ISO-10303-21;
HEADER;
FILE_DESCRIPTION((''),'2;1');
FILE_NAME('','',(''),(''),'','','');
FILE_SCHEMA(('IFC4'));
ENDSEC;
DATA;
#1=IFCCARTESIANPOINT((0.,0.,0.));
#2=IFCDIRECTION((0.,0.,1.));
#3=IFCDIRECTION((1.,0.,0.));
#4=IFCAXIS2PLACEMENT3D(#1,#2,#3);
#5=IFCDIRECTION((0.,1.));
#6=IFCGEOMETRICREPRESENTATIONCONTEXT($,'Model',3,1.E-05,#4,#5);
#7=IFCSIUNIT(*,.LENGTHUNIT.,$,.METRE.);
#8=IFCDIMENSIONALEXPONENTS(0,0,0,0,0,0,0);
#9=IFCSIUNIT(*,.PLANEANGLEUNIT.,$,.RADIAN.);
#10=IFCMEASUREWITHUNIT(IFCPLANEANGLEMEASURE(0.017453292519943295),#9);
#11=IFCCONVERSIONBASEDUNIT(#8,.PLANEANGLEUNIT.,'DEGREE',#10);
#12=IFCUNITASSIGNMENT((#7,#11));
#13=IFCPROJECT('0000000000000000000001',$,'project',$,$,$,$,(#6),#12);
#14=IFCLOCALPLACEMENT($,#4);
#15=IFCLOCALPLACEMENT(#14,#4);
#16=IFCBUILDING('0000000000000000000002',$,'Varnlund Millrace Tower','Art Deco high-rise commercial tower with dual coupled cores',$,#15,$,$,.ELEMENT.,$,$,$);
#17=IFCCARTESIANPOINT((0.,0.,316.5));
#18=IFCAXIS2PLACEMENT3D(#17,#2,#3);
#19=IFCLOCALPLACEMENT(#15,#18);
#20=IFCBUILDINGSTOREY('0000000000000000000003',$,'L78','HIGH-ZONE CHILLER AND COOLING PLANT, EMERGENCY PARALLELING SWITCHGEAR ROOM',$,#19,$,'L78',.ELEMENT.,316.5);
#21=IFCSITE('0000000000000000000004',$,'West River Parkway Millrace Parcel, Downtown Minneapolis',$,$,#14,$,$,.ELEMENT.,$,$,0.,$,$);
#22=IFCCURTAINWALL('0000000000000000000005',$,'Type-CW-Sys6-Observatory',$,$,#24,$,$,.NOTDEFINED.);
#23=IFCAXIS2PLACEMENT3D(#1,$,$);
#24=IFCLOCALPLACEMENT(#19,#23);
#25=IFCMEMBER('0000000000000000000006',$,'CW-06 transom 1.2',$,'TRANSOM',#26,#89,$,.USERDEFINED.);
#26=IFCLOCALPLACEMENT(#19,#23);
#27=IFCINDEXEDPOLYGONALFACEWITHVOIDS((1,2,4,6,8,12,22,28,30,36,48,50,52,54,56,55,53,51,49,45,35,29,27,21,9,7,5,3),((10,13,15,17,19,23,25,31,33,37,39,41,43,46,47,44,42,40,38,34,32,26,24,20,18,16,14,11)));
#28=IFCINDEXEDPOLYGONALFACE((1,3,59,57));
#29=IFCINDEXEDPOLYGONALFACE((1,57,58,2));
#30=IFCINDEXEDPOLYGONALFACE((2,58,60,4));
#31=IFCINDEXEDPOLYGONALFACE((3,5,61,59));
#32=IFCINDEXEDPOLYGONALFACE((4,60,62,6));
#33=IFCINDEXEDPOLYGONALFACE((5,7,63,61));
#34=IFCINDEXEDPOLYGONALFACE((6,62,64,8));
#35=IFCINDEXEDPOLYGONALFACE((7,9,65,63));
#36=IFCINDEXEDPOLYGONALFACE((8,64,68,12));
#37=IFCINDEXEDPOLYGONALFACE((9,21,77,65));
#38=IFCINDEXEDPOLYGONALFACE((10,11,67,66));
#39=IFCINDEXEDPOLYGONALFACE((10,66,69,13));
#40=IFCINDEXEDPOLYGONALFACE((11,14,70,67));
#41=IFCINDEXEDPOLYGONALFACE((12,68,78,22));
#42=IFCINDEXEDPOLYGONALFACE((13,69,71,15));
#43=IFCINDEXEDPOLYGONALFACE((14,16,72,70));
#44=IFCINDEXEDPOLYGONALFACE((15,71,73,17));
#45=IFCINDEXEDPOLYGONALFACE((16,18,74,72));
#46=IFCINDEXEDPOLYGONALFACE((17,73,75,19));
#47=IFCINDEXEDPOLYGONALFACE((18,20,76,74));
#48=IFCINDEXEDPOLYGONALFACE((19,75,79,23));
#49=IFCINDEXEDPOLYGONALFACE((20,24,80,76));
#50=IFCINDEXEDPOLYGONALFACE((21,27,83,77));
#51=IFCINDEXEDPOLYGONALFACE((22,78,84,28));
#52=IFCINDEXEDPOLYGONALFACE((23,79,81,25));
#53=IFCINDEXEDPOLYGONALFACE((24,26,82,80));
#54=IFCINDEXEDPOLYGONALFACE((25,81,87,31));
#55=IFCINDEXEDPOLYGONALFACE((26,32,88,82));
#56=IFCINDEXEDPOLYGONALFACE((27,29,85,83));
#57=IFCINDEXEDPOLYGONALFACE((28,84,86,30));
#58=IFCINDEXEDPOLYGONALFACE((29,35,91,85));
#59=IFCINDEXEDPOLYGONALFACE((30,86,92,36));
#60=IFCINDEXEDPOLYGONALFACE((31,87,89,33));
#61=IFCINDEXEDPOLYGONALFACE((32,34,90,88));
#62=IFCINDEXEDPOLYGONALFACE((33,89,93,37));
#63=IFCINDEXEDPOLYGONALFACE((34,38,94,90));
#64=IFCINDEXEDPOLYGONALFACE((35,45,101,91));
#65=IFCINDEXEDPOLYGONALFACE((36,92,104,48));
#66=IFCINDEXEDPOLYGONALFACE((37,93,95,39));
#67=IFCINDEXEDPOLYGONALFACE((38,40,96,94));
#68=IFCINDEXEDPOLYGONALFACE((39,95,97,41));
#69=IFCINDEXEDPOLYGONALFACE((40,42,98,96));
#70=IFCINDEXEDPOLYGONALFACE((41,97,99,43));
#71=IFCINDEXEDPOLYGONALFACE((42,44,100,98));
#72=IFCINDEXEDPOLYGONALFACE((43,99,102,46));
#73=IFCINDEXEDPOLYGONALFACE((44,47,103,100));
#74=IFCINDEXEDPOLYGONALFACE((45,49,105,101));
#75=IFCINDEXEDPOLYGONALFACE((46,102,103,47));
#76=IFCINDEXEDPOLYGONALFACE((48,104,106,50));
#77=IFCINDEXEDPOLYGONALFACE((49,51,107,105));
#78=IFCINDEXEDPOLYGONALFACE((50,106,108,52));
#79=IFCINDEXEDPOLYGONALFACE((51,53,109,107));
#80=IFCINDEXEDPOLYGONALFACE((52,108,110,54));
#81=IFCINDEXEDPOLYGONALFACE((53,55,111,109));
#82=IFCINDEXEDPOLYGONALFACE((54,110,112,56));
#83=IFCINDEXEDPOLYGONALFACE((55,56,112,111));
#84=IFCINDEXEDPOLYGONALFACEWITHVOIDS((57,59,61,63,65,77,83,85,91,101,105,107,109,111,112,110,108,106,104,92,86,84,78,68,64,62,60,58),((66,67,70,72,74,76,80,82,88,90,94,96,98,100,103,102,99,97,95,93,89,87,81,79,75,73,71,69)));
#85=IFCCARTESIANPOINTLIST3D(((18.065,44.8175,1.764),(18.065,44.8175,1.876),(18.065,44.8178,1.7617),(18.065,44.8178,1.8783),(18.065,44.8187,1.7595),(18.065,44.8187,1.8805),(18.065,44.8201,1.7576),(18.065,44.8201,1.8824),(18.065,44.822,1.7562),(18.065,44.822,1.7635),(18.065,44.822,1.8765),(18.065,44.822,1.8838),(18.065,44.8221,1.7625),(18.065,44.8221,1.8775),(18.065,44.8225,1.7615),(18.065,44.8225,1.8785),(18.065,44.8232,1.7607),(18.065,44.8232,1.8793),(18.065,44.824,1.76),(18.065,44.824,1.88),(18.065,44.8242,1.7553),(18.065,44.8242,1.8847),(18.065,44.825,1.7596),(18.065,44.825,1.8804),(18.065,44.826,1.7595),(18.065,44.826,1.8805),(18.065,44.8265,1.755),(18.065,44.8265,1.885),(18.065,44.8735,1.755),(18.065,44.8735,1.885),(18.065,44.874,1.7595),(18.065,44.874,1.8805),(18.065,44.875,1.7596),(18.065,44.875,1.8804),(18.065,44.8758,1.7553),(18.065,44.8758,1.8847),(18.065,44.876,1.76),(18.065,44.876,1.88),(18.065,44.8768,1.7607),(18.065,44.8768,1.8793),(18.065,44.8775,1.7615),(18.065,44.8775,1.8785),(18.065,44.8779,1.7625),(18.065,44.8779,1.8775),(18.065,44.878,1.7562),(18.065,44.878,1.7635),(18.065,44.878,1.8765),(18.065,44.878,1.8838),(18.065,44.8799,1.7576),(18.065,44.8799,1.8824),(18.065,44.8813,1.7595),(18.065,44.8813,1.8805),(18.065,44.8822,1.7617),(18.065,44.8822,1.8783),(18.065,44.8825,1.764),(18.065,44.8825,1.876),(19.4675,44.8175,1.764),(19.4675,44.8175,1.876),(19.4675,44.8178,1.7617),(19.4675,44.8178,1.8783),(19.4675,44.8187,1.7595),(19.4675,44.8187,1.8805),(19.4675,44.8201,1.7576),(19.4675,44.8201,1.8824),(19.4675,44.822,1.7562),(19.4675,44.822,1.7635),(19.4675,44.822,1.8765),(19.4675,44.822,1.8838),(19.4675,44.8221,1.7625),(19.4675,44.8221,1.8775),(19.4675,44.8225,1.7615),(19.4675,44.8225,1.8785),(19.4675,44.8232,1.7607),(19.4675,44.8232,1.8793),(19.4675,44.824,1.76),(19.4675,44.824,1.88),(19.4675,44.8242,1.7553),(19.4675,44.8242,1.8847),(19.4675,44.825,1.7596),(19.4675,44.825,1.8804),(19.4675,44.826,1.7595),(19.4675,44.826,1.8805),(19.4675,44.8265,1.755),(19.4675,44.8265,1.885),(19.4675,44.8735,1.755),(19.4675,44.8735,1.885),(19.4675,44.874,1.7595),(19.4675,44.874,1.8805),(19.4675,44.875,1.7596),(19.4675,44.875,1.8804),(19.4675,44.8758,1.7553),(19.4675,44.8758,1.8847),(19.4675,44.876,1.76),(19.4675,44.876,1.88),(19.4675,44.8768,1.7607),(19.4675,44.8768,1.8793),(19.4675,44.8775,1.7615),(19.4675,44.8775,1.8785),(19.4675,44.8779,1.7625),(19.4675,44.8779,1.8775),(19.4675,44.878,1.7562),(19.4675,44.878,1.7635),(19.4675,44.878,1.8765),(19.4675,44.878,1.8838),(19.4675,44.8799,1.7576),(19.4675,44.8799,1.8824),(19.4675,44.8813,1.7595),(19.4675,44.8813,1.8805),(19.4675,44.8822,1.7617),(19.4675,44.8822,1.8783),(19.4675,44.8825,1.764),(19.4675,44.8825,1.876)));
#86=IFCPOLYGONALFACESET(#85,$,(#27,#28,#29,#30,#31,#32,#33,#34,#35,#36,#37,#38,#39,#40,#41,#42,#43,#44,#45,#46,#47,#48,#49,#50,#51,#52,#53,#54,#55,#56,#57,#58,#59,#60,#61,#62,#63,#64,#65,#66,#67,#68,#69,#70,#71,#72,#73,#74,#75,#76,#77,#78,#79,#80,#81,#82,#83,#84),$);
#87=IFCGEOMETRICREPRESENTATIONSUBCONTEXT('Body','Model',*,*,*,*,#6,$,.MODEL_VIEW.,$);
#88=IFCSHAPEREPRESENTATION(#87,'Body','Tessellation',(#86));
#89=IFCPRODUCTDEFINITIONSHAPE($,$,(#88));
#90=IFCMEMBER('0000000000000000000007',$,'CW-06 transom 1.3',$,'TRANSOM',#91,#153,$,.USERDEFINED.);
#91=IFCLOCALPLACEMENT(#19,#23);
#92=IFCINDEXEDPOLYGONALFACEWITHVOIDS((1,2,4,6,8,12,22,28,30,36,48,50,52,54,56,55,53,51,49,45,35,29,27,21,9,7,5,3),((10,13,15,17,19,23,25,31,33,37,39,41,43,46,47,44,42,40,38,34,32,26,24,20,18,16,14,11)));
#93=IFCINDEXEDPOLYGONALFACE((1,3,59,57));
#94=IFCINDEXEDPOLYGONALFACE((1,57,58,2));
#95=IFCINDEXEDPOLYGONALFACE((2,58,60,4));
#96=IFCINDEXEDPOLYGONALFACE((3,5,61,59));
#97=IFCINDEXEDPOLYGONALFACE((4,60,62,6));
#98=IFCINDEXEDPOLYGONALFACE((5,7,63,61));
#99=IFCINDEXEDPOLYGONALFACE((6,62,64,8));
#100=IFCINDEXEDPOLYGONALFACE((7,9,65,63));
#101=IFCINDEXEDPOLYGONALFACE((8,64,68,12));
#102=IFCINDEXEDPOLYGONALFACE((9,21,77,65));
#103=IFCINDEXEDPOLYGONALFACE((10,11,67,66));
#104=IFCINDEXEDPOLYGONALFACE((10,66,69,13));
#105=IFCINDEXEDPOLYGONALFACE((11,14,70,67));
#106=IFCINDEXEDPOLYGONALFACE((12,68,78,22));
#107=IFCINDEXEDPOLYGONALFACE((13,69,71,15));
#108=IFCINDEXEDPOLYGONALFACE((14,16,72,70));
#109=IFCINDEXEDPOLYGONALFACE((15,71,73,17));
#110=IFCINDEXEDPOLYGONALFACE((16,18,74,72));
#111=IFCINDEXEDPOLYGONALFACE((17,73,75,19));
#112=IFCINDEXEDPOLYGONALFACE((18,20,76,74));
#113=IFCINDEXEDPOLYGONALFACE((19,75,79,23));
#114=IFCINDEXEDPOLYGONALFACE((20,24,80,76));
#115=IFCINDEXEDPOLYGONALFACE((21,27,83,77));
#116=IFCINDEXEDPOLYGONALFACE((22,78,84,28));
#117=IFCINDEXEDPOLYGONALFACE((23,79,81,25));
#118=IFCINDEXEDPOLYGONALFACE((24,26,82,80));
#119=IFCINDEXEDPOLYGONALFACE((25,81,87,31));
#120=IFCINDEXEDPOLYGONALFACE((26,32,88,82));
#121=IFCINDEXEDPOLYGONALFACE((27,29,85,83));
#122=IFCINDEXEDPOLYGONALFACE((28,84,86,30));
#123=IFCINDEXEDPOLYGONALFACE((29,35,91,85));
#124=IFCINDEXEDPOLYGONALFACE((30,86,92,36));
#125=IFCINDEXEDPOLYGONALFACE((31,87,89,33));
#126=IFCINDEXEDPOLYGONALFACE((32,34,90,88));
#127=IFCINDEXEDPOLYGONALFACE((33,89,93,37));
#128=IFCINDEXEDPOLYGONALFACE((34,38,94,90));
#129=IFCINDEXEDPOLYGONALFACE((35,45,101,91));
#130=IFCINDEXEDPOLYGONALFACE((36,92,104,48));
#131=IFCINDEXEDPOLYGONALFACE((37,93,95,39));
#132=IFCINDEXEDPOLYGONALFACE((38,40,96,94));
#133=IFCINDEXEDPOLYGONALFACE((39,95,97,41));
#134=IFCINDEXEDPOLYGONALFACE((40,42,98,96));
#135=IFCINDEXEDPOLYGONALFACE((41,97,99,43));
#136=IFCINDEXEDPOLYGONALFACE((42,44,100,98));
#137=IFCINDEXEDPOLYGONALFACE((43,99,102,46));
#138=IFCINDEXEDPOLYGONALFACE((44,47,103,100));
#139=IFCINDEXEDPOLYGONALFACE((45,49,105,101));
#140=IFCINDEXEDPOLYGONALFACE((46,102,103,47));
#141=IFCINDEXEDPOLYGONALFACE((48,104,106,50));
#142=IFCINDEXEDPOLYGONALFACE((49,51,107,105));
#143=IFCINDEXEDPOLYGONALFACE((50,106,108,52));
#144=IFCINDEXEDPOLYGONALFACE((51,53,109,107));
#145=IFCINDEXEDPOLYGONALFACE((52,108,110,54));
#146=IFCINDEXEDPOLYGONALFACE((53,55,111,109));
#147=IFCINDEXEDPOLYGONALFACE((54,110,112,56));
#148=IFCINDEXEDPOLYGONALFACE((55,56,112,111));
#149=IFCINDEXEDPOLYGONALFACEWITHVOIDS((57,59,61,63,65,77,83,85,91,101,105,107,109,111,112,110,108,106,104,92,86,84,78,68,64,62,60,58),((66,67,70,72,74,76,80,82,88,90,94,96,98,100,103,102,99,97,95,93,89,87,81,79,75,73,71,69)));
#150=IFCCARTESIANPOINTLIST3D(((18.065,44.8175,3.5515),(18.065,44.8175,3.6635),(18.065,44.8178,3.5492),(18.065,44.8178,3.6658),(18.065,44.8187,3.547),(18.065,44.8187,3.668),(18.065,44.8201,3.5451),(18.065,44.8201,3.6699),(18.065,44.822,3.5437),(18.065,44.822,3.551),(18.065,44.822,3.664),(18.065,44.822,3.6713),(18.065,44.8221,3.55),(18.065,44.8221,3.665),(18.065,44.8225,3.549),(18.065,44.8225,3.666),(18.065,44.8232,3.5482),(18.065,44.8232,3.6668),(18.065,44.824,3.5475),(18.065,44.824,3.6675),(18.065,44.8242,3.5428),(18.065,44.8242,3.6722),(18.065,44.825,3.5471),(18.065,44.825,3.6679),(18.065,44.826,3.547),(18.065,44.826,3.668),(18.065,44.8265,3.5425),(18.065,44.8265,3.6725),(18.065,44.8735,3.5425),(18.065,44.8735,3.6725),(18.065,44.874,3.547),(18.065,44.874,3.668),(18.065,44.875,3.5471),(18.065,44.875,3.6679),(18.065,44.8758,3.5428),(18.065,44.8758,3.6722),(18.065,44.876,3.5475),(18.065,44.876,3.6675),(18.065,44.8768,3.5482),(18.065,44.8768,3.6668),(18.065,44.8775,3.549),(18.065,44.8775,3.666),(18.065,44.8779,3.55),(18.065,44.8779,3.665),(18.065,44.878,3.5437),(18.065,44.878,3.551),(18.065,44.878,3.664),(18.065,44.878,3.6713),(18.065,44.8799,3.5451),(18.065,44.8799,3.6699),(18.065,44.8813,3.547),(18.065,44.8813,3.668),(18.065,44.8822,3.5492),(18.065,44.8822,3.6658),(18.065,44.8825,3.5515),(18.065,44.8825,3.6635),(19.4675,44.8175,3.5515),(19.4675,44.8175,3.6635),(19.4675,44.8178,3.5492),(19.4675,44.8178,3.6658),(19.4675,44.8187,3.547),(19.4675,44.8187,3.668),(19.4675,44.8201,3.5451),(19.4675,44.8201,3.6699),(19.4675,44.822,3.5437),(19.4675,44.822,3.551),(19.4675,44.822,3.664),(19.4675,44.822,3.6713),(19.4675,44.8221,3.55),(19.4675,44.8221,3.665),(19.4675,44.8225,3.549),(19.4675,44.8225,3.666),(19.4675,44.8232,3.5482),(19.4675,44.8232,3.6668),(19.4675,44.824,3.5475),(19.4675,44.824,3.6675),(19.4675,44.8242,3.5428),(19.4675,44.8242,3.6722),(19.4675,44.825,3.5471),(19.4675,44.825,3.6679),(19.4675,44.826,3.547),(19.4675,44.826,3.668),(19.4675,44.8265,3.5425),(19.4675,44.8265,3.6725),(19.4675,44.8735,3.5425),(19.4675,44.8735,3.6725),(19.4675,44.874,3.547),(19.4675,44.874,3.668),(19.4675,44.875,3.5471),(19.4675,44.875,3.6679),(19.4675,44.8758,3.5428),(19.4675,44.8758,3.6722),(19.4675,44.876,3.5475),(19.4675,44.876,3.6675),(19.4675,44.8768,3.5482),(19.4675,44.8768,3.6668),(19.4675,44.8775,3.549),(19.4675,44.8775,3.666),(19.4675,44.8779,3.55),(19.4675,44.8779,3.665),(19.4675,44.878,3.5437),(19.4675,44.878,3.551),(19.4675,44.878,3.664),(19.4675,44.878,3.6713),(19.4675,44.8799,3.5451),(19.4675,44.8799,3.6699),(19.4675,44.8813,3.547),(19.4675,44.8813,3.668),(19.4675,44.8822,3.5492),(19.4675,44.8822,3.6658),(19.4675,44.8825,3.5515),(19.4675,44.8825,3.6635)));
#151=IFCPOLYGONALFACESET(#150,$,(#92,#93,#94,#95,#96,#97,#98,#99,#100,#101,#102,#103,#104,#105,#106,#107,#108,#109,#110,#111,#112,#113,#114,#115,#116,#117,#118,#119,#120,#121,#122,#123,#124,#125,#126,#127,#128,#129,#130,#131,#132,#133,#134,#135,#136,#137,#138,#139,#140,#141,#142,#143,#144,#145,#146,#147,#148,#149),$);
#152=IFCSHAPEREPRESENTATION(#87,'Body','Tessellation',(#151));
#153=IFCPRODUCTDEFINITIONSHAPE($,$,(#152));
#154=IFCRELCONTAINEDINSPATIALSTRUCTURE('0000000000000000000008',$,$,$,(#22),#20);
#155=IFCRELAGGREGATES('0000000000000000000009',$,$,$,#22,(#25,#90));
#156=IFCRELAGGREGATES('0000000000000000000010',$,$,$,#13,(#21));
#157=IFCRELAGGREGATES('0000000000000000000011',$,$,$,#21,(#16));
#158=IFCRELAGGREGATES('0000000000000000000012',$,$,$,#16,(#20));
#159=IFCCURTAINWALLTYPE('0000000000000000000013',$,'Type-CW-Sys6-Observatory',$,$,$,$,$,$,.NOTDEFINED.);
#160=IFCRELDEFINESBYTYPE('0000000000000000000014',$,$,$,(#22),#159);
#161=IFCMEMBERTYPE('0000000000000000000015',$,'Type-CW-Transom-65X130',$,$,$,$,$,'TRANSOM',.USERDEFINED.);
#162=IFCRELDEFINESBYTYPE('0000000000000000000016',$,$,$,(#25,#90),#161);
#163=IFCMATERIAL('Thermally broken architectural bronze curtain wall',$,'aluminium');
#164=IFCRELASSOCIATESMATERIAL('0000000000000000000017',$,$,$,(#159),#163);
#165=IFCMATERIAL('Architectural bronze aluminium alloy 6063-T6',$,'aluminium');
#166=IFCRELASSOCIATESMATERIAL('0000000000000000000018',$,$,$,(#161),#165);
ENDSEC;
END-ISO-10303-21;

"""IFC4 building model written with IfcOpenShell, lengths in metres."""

from ifc_helpers import new_model, entity, si_unit, converted_unit, direction, frame, origin_with_axes, origin_2d_with_axis, place, context, subcontext, project, spatial, hollow_rectangle, extrude, material, material_profile, profile_set, type_object, element, aggregate, save


model = new_model("IFC4")

# Units and contexts
model_context = context("Model", 3, precision=1e-05, world=origin_with_axes(), true_north=direction((0.0, 1.0)))
body_context = subcontext(model_context, "Body", "Model", "MODEL_VIEW")
ifc_project = project(units=[si_unit("LENGTHUNIT", "METRE"), converted_unit("PLANEANGLEUNIT", "DEGREE", entity("IfcPlaneAngleMeasure", 0.017453292519943295), si_unit("PLANEANGLEUNIT", "RADIAN"), dimensions=[0, 0, 0, 0, 0, 0, 0])], contexts=[model_context])

# Site, building, storey
site_placement = place(None, origin_with_axes())
site = spatial("IfcSite", under=ifc_project, at=site_placement, Name="West River Parkway Millrace Parcel, Downtown Minneapolis", CompositionType="ELEMENT", RefElevation=0.0)
building_placement = place(site_placement, origin_with_axes())
building = spatial("IfcBuilding", under=site, at=building_placement, Name="Varnlund Millrace Tower", Description="Art Deco high-rise commercial tower with dual coupled cores", CompositionType="ELEMENT")
storey_placement = place(building_placement, frame((0.0, 0.0, 316.5), z_axis=(0.0, 0.0, 1.0), x_axis=(1.0, 0.0, 0.0)))
storey = spatial("IfcBuildingStorey", under=building, at=storey_placement, Name="L78", Description="HIGH-ZONE CHILLER AND COOLING PLANT, EMERGENCY PARALLELING SWITCHGEAR ROOM", LongName="L78", CompositionType="ELEMENT", Elevation=316.5)

# Curtain wall, members
ifc_material_1 = material(Name="Thermally broken architectural bronze curtain wall", Category="aluminium")
curtain_wall_type = type_object("IfcCurtainWallType", Name="Type-CW-Sys6-Observatory", PredefinedType="NOTDEFINED", material=ifc_material_1)
ifc_material_2 = material(Name="Architectural bronze aluminium alloy 6063-T6", Category="aluminium")
ifc_material_profile_1 = material_profile(ifc_material_2, hollow_rectangle(XDim=0.065, YDim=0.13, WallThickness=0.0045, InnerFilletRadius=0.004, OuterFilletRadius=0.009, at=origin_2d_with_axis()), Name="Architectural bronze aluminium alloy 6063-T6")
ifc_profile_set_1 = profile_set([ifc_material_profile_1], Name="Architectural bronze aluminium alloy 6063-T6")
member_type = type_object("IfcMemberType", Name="Type-CW-Transom-65X130", ElementType="TRANSOM", PredefinedType="USERDEFINED", material=ifc_profile_set_1)
curtain_wall_1_placement = place(storey_placement, frame((18.0, 44.85, 0.0), z_axis=(0.0, 0.0, 1.0), x_axis=(1.0, 0.0, 0.0)))
curtain_wall_1 = element("IfcCurtainWall", 1, at=curtain_wall_1_placement, inside=storey, type_object=curtain_wall_type, Name="Type-CW-Sys6-Observatory", PredefinedType="NOTDEFINED")
member_1_placement = place(storey_placement, frame((18.065, 44.85, 1.82), z_axis=(1.0, 0.0, 0.0), x_axis=(0.0, 1.0, 0.0)))
member_1 = element("IfcMember", 2, at=member_1_placement, type_object=member_type, Name="CW-06 transom 1.2", ObjectType="TRANSOM", PredefinedType="USERDEFINED", context=body_context, shape_type="SweptSolid", body=[
    extrude(hollow_rectangle(XDim=0.065, YDim=0.13, WallThickness=0.0045, InnerFilletRadius=0.004, OuterFilletRadius=0.009, at=origin_2d_with_axis()), origin_with_axes(), (0.0, 0.0, 1.0), 1.4025),
])
member_2_placement = place(storey_placement, frame((18.065, 44.85, 3.6075), z_axis=(1.0, 0.0, 0.0), x_axis=(0.0, 1.0, 0.0)))
member_2 = element("IfcMember", 3, at=member_2_placement, type_object=member_type, Name="CW-06 transom 1.3", ObjectType="TRANSOM", PredefinedType="USERDEFINED", context=body_context, shape_type="SweptSolid", body=[
    extrude(hollow_rectangle(XDim=0.065, YDim=0.13, WallThickness=0.0045, InnerFilletRadius=0.004, OuterFilletRadius=0.009, at=origin_2d_with_axis()), origin_with_axes(), (0.0, 0.0, 1.0), 1.4025),
])

aggregate(curtain_wall_1, [member_1, member_2])

save(model, "model.ifc")
